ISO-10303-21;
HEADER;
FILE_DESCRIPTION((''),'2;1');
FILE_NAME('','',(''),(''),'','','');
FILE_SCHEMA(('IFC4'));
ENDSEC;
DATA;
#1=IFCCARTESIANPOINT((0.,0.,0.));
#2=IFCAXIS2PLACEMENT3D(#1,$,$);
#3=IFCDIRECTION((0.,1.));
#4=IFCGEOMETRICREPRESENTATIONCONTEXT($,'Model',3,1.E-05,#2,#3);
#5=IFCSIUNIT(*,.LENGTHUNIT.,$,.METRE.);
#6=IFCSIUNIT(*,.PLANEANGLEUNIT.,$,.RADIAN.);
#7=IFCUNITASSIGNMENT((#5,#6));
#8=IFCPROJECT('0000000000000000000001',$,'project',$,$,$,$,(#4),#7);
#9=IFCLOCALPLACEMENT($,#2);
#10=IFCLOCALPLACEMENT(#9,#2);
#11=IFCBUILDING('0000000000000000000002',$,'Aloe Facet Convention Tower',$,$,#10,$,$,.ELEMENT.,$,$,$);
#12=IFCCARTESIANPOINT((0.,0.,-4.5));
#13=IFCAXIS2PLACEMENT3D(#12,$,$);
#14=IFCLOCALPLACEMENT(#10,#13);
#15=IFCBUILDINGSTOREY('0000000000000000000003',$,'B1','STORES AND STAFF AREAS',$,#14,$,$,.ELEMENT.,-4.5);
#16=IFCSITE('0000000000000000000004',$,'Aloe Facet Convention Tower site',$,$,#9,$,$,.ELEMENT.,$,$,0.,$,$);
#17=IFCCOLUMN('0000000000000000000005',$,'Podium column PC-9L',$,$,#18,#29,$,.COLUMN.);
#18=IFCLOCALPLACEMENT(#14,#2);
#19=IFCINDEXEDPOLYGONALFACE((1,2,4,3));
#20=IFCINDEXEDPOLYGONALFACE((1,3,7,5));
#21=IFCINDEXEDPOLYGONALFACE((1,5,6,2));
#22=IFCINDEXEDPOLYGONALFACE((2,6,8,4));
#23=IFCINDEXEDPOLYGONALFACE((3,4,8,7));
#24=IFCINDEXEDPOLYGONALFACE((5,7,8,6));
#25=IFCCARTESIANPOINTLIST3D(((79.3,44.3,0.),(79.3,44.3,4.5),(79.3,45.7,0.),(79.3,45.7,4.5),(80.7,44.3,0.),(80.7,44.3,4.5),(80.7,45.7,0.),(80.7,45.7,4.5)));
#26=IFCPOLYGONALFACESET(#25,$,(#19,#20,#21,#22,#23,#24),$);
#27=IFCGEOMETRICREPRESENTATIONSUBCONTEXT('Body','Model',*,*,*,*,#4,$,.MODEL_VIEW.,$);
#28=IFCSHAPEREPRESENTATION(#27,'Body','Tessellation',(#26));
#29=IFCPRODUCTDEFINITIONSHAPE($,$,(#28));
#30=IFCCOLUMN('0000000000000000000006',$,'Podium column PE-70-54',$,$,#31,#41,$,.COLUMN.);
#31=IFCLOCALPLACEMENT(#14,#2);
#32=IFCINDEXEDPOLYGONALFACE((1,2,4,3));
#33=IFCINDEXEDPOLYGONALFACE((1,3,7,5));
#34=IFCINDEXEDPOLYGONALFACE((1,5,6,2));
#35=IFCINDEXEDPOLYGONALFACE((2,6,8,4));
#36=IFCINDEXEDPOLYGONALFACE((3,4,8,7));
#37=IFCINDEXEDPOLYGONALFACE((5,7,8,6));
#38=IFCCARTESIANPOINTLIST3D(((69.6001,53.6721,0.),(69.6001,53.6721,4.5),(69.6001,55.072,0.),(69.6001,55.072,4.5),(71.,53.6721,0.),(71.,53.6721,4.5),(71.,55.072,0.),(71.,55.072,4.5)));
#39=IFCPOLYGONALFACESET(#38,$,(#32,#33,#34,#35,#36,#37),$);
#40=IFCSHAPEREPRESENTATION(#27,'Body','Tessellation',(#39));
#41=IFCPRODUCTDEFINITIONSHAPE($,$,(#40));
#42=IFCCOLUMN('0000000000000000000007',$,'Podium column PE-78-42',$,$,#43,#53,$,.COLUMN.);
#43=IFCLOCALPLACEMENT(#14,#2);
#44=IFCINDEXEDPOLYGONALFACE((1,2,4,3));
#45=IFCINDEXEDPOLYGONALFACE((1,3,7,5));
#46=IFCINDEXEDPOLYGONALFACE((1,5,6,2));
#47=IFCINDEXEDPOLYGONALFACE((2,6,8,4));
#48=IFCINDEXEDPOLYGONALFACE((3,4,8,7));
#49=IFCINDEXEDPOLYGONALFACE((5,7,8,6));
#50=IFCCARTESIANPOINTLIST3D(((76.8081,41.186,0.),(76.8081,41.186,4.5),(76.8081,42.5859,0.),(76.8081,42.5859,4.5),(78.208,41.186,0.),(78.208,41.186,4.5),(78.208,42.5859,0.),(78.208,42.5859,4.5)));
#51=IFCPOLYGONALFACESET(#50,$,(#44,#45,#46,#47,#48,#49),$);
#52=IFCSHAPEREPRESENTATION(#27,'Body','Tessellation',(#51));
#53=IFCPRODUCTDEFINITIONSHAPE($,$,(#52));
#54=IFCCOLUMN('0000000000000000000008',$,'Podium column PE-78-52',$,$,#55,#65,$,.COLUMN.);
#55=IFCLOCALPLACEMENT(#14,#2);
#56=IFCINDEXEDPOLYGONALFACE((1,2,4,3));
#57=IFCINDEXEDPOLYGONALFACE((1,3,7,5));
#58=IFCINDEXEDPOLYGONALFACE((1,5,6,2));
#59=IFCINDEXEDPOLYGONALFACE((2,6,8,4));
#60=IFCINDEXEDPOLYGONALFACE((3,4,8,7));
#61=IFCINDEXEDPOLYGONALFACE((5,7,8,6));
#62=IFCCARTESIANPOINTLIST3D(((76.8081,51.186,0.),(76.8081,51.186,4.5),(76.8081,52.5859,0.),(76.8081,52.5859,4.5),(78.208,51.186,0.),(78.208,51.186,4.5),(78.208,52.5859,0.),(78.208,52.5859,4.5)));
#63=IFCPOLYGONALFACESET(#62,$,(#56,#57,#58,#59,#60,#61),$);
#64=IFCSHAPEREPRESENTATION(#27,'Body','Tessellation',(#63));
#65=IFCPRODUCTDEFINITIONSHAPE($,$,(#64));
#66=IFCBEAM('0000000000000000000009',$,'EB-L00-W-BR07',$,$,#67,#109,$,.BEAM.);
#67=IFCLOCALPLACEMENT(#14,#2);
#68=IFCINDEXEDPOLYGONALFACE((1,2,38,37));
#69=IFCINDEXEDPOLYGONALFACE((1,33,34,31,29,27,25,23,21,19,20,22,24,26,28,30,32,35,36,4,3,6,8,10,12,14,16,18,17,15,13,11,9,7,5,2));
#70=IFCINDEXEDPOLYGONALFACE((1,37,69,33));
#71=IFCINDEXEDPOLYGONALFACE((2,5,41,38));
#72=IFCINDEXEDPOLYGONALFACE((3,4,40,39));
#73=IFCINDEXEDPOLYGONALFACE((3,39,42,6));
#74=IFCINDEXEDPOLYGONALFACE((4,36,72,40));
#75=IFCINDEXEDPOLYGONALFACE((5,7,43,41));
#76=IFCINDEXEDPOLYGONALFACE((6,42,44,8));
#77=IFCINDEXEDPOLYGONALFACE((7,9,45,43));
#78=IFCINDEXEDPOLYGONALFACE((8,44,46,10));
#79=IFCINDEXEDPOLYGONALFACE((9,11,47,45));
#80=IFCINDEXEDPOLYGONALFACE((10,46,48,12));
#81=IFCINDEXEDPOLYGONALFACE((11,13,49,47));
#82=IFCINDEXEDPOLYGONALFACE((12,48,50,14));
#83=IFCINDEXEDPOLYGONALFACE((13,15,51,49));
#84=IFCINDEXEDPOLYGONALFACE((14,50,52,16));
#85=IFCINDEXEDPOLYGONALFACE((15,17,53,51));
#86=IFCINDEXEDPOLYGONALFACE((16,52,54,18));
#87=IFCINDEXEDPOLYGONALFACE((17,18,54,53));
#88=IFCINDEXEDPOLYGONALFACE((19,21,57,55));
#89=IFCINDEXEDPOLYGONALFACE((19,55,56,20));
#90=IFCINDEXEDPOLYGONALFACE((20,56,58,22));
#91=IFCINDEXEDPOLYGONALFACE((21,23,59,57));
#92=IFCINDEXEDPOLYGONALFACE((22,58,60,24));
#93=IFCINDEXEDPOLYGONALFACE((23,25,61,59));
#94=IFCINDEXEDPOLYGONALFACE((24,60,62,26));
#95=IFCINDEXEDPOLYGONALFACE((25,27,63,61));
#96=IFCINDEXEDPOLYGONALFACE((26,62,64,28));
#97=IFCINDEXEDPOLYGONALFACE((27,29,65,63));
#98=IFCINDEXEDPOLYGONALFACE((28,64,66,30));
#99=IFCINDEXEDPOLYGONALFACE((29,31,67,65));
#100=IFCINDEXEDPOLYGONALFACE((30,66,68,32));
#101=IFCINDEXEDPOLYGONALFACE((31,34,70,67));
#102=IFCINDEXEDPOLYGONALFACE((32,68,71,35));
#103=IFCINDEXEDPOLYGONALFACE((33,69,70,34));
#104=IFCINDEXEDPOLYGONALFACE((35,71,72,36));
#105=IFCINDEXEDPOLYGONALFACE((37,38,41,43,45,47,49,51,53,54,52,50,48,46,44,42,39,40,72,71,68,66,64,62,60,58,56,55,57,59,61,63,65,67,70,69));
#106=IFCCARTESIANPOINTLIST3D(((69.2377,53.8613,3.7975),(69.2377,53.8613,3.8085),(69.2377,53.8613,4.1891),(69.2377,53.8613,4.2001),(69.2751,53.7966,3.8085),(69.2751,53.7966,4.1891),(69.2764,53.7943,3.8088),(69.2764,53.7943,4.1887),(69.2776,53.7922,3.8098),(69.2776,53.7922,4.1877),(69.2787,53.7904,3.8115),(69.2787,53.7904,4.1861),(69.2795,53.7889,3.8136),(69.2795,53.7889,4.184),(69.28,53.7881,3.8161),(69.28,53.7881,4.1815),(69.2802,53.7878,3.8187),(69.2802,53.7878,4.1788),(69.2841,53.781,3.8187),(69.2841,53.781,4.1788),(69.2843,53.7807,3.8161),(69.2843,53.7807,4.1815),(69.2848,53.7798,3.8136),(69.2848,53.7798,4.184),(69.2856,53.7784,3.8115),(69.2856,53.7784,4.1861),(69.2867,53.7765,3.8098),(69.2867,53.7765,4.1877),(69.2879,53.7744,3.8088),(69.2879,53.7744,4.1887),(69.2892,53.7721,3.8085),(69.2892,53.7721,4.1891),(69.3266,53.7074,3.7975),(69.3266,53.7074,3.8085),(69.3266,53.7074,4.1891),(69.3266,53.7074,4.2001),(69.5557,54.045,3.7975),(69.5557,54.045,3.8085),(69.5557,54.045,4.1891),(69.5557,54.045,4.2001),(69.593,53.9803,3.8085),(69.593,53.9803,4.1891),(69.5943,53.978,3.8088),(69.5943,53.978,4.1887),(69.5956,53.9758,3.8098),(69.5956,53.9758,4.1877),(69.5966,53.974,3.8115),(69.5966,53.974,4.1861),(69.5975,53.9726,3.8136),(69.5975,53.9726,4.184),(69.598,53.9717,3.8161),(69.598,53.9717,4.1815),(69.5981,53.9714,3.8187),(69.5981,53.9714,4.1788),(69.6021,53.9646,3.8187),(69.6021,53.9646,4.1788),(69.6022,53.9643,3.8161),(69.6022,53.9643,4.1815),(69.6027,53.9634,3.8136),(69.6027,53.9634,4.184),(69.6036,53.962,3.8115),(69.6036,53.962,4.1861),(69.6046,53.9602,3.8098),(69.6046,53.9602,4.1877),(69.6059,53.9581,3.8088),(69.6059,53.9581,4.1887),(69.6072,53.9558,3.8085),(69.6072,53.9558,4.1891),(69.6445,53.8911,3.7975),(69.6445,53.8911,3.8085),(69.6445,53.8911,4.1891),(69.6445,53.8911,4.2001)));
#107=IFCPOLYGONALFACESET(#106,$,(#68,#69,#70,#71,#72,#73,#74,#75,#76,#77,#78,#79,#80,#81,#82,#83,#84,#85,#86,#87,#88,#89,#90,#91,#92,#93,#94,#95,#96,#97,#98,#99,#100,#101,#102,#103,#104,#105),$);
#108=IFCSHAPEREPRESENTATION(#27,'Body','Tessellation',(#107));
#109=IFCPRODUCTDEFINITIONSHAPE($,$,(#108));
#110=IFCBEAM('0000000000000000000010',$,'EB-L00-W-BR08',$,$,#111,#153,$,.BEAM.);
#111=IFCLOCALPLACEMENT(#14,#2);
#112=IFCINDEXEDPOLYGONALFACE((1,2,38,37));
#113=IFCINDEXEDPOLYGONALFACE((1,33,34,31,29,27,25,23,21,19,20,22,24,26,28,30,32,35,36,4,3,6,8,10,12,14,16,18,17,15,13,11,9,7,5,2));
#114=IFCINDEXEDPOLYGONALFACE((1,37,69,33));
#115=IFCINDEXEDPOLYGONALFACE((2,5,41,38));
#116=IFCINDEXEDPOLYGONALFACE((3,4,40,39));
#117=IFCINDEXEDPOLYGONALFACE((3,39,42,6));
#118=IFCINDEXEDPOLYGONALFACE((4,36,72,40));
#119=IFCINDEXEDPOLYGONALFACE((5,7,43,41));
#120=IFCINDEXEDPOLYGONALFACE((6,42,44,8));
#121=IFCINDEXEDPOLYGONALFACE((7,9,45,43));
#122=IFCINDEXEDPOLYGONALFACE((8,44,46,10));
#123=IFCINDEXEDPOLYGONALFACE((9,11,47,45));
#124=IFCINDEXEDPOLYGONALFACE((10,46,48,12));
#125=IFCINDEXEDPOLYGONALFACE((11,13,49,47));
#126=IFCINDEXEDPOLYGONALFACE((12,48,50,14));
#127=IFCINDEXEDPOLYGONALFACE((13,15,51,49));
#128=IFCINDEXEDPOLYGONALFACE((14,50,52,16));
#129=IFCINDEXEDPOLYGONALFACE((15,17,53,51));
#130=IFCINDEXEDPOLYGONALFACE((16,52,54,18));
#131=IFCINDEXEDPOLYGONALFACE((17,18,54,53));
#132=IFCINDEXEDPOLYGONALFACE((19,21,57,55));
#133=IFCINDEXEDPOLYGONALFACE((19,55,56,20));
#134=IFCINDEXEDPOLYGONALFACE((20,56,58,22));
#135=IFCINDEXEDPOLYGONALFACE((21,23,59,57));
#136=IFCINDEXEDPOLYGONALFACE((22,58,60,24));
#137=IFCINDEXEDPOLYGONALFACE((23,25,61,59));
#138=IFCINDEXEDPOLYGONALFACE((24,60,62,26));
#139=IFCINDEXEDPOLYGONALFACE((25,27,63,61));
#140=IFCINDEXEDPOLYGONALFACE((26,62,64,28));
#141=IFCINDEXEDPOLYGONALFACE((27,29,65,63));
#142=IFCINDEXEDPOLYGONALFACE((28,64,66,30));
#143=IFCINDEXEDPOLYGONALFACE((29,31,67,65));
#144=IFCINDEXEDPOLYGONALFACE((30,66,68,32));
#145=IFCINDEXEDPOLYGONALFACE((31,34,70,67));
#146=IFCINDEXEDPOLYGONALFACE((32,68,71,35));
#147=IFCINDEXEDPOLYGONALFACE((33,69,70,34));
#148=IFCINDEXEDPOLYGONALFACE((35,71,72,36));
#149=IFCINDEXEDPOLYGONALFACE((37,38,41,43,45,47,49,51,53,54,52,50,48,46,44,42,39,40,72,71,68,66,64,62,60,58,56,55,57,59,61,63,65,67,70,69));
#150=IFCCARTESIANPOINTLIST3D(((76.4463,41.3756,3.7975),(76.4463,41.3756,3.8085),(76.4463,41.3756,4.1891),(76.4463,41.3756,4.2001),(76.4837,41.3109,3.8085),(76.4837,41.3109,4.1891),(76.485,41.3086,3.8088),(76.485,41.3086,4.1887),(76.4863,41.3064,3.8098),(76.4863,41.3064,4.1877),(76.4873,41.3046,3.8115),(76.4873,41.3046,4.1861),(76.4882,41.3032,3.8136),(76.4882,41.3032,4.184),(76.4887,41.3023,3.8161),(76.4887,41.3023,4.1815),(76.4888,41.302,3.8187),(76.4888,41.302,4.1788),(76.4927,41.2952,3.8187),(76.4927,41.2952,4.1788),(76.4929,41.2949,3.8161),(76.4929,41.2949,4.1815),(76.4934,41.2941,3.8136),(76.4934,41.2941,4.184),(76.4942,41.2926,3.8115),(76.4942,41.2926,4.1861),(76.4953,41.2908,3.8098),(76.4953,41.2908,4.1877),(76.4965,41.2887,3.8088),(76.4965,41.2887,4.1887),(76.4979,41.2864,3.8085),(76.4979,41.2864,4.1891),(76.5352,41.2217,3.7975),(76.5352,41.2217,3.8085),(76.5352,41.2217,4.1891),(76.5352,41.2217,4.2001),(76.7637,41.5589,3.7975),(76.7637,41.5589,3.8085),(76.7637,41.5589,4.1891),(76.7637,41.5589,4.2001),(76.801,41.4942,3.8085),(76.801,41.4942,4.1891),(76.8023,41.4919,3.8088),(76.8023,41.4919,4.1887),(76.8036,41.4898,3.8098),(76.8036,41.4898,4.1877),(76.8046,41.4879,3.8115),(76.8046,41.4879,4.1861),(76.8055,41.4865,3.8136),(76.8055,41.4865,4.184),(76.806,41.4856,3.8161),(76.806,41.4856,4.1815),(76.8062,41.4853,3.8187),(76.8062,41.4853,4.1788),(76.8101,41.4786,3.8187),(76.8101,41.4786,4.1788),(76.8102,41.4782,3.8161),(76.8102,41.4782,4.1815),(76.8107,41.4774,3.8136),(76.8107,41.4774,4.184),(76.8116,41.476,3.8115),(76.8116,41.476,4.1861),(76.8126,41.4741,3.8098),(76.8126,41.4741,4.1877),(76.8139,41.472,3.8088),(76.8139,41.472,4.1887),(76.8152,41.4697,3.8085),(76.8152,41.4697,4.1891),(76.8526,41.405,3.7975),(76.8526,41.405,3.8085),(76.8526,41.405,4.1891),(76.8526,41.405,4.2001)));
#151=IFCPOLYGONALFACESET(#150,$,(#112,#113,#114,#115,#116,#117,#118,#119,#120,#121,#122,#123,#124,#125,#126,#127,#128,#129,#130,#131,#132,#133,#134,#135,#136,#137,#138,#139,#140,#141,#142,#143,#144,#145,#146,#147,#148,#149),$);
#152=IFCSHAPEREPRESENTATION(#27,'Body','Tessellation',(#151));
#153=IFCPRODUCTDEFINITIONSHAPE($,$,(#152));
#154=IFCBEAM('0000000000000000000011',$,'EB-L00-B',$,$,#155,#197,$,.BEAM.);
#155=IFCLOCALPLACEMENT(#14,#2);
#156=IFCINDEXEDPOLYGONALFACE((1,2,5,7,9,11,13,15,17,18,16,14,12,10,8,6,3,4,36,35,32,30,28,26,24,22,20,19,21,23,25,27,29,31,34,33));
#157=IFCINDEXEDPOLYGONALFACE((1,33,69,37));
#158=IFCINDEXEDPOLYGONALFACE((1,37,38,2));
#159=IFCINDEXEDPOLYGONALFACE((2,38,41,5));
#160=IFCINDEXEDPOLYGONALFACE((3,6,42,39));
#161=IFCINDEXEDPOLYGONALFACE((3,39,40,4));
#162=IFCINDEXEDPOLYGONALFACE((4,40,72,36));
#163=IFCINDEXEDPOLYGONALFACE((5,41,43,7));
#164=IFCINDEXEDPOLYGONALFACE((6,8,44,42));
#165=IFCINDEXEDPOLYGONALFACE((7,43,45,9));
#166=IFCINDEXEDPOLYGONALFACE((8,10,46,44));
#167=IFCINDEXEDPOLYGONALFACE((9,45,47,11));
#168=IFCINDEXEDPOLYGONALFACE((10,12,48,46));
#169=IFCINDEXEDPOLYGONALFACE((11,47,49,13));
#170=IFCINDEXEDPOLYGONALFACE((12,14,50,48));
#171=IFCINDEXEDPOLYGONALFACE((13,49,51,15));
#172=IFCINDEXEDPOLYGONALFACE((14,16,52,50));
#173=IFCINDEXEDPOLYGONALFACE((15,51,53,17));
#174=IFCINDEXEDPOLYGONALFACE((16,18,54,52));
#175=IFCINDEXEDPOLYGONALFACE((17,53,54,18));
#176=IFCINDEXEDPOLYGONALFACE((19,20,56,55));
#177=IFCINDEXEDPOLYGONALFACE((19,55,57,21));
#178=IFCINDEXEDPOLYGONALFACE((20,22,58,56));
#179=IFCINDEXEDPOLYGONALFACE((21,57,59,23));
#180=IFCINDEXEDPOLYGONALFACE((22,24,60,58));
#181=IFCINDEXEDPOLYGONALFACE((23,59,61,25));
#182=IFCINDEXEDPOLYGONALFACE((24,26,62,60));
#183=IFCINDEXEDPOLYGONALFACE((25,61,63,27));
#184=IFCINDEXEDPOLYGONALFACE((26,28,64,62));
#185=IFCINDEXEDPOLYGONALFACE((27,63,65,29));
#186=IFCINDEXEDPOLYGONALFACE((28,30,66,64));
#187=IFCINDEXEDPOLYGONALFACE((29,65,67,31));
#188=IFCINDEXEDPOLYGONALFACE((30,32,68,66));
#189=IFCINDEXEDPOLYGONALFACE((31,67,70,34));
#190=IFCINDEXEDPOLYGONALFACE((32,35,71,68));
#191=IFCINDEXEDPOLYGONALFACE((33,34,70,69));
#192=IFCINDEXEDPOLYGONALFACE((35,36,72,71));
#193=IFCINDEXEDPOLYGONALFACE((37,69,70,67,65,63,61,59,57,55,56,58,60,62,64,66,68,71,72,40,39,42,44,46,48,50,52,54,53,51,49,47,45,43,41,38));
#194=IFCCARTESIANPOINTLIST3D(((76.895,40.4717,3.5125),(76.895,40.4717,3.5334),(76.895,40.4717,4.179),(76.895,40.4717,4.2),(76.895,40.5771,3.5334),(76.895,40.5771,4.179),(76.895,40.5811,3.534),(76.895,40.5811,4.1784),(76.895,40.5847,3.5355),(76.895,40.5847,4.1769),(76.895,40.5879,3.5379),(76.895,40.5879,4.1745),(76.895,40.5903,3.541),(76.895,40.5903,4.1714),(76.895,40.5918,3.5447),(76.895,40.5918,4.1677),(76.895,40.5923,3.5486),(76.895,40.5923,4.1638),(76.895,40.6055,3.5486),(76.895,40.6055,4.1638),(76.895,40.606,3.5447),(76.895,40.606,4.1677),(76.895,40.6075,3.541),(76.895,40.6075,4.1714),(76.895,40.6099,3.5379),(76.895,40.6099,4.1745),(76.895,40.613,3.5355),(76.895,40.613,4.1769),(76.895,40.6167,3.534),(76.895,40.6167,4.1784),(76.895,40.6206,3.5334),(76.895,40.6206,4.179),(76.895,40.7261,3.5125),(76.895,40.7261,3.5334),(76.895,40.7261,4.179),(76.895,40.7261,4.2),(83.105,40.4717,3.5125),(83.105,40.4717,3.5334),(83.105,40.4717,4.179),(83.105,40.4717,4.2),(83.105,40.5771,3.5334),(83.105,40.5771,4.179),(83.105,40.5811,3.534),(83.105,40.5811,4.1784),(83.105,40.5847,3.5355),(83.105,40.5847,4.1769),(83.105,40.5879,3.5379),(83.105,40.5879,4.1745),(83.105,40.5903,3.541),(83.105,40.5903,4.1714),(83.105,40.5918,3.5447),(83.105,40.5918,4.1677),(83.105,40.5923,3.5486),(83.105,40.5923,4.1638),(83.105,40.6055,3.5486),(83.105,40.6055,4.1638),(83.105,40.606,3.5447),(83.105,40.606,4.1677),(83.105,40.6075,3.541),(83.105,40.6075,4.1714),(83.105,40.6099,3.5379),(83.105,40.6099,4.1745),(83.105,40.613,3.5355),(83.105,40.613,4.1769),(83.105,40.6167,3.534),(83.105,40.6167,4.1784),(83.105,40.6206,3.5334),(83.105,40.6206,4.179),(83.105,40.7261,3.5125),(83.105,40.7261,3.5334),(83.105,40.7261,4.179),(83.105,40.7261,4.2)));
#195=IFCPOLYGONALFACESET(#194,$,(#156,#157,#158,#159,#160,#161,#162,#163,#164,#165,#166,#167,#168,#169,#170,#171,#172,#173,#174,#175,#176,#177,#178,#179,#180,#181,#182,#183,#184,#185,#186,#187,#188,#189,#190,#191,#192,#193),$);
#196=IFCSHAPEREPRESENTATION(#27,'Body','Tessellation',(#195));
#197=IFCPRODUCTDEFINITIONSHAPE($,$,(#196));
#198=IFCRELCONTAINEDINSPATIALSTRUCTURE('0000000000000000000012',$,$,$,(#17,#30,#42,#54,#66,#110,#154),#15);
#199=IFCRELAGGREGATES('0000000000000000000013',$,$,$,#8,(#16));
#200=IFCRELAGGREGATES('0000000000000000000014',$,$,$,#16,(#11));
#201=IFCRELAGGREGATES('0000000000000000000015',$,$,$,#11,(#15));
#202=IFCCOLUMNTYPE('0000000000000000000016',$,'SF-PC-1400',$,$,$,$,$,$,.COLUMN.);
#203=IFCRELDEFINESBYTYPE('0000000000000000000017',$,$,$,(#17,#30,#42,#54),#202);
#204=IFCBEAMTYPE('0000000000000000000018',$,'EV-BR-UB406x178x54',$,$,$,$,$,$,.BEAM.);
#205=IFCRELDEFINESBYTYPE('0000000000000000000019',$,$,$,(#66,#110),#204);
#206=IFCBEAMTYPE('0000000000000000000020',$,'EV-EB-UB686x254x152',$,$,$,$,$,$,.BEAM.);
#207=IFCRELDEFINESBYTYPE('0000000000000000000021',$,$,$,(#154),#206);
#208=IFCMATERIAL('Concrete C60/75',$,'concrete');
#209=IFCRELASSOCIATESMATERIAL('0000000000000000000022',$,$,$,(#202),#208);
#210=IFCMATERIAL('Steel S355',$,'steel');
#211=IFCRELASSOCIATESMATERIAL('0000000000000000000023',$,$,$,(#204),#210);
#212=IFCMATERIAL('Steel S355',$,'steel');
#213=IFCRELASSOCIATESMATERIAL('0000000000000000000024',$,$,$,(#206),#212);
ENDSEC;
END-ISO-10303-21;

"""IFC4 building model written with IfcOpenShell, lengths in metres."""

from ifc_helpers import new_model, si_unit, direction, frame, origin, origin_2d, place, context, subcontext, project, spatial, rectangle, i_section, extrude, material, material_profile, profile_set, type_object, element, save


model = new_model("IFC4")

# Units and contexts
model_context = context("Model", 3, precision=1e-05, world=origin(), true_north=direction((0.0, 1.0)))
body_context = subcontext(model_context, "Body", "Model", "MODEL_VIEW")
ifc_project = project(units=[si_unit("LENGTHUNIT", "METRE"), si_unit("PLANEANGLEUNIT", "RADIAN")], contexts=[model_context])

# Site, building, storey
site_placement = place(None, origin())
site = spatial("IfcSite", under=ifc_project, at=site_placement, Name="Aloe Facet Convention Tower site", CompositionType="ELEMENT", RefElevation=0.0)
building_placement = place(site_placement, origin())
building = spatial("IfcBuilding", under=site, at=building_placement, Name="Aloe Facet Convention Tower", CompositionType="ELEMENT")
storey_placement = place(building_placement, frame((0.0, 0.0, -4.5)))
storey = spatial("IfcBuildingStorey", under=building, at=storey_placement, Name="B1", Description="STORES AND STAFF AREAS", CompositionType="ELEMENT", Elevation=-4.5)

# Columns
ifc_material_1 = material(Name="Concrete C60/75", Category="concrete")
ifc_material_profile_1 = material_profile(ifc_material_1, rectangle(XDim=1.3999, YDim=1.3999, at=origin_2d()), Name="SF-PC-1400")
ifc_profile_set_1 = profile_set([ifc_material_profile_1], Name="Concrete C60/75")
column_type = type_object("IfcColumnType", Name="SF-PC-1400", PredefinedType="COLUMN", material=ifc_profile_set_1)
for number, where, z_axis, x_axis, name in (
    (1, (80.0, 45.0, 0.0), (0.0, 0.0, 1.0), (1.0, 0.0, 0.0), "Podium column PC-9L"),
    (2, (70.3, 54.3721, 0.0), (0.0, 0.0, 1.0), (1.0, 0.0, 0.0), "Podium column PE-70-54"),
    (3, (77.5081, 41.886, 0.0), (0.0, 0.0, 1.0), (1.0, 0.0, 0.0), "Podium column PE-78-42"),
    (4, (77.5081, 51.886, 0.0), (0.0, 0.0, 1.0), (1.0, 0.0, 0.0), "Podium column PE-78-52"),
):
    element("IfcColumn", number, at=place(storey_placement, frame(where, z_axis=z_axis, x_axis=x_axis)), inside=storey, type_object=column_type, Name=name, PredefinedType="COLUMN", context=body_context, shape_type="SweptSolid", body=[
        extrude(rectangle(XDim=1.3999, YDim=1.3999, at=origin_2d()), origin(), (0.0, 0.0, 1.0), 4.5),
    ])

# Beams
ifc_material_2 = material(Name="Steel S355", Category="steel")
ifc_material_profile_2 = material_profile(ifc_material_2, i_section(OverallWidth=0.1777, OverallDepth=0.4026, WebThickness=0.0078, FlangeThickness=0.011, FilletRadius=0.0103, at=origin_2d()), Name="UB 406x178x54")
ifc_profile_set_2 = profile_set([ifc_material_profile_2], Name="Steel S355")
beam_type_1 = type_object("IfcBeamType", Name="EV-BR-UB406x178x54", PredefinedType="BEAM", material=ifc_profile_set_2)
beam_1_placement = place(storey_placement, frame((69.6001, 53.968, 3.9988), z_axis=(-0.865942, -0.500145, 0.0), x_axis=(0.500145, -0.865942, 0.0)))
element("IfcBeam", 5, at=beam_1_placement, inside=storey, type_object=beam_type_1, Name="EB-L00-W-BR07", PredefinedType="BEAM", context=body_context, shape_type="SweptSolid", body=[
    extrude(i_section(OverallWidth=0.1777, OverallDepth=0.4026, WebThickness=0.0078, FlangeThickness=0.011, FilletRadius=0.0103, at=origin_2d()), origin(), (0.0, 0.0, 1.0), 0.3672),
])
beam_2_placement = place(storey_placement, frame((76.8081, 41.4819, 3.9988), z_axis=(-0.865897, -0.500222, 0.0), x_axis=(0.500222, -0.865897, 0.0)))
element("IfcBeam", 6, at=beam_2_placement, inside=storey, type_object=beam_type_1, Name="EB-L00-W-BR08", PredefinedType="BEAM", context=body_context, shape_type="SweptSolid", body=[
    extrude(i_section(OverallWidth=0.1777, OverallDepth=0.4026, WebThickness=0.0078, FlangeThickness=0.011, FilletRadius=0.0103, at=origin_2d()), origin(), (0.0, 0.0, 1.0), 0.3665),
])
ifc_material_3 = material(Name="Steel S355", Category="steel")
ifc_material_profile_3 = material_profile(ifc_material_3, i_section(OverallWidth=0.2544, OverallDepth=0.6875, WebThickness=0.0132, FlangeThickness=0.021, FilletRadius=0.0151, at=origin_2d()), Name="UB 686x254x152")
ifc_profile_set_3 = profile_set([ifc_material_profile_3], Name="Steel S355")
beam_type_2 = type_object("IfcBeamType", Name="EV-EB-UB686x254x152", PredefinedType="BEAM", material=ifc_profile_set_3)
beam_3_placement = place(storey_placement, frame((76.895, 40.5989, 3.8562), z_axis=(1.0, 0.0, 0.0), x_axis=(0.0, 1.0, 0.0)))
element("IfcBeam", 7, at=beam_3_placement, inside=storey, type_object=beam_type_2, Name="EB-L00-B", PredefinedType="BEAM", context=body_context, shape_type="SweptSolid", body=[
    extrude(i_section(OverallWidth=0.2544, OverallDepth=0.6875, WebThickness=0.0132, FlangeThickness=0.021, FilletRadius=0.0151, at=origin_2d()), origin(), (0.0, 0.0, 1.0), 6.21),
])

save(model, "model.ifc")
